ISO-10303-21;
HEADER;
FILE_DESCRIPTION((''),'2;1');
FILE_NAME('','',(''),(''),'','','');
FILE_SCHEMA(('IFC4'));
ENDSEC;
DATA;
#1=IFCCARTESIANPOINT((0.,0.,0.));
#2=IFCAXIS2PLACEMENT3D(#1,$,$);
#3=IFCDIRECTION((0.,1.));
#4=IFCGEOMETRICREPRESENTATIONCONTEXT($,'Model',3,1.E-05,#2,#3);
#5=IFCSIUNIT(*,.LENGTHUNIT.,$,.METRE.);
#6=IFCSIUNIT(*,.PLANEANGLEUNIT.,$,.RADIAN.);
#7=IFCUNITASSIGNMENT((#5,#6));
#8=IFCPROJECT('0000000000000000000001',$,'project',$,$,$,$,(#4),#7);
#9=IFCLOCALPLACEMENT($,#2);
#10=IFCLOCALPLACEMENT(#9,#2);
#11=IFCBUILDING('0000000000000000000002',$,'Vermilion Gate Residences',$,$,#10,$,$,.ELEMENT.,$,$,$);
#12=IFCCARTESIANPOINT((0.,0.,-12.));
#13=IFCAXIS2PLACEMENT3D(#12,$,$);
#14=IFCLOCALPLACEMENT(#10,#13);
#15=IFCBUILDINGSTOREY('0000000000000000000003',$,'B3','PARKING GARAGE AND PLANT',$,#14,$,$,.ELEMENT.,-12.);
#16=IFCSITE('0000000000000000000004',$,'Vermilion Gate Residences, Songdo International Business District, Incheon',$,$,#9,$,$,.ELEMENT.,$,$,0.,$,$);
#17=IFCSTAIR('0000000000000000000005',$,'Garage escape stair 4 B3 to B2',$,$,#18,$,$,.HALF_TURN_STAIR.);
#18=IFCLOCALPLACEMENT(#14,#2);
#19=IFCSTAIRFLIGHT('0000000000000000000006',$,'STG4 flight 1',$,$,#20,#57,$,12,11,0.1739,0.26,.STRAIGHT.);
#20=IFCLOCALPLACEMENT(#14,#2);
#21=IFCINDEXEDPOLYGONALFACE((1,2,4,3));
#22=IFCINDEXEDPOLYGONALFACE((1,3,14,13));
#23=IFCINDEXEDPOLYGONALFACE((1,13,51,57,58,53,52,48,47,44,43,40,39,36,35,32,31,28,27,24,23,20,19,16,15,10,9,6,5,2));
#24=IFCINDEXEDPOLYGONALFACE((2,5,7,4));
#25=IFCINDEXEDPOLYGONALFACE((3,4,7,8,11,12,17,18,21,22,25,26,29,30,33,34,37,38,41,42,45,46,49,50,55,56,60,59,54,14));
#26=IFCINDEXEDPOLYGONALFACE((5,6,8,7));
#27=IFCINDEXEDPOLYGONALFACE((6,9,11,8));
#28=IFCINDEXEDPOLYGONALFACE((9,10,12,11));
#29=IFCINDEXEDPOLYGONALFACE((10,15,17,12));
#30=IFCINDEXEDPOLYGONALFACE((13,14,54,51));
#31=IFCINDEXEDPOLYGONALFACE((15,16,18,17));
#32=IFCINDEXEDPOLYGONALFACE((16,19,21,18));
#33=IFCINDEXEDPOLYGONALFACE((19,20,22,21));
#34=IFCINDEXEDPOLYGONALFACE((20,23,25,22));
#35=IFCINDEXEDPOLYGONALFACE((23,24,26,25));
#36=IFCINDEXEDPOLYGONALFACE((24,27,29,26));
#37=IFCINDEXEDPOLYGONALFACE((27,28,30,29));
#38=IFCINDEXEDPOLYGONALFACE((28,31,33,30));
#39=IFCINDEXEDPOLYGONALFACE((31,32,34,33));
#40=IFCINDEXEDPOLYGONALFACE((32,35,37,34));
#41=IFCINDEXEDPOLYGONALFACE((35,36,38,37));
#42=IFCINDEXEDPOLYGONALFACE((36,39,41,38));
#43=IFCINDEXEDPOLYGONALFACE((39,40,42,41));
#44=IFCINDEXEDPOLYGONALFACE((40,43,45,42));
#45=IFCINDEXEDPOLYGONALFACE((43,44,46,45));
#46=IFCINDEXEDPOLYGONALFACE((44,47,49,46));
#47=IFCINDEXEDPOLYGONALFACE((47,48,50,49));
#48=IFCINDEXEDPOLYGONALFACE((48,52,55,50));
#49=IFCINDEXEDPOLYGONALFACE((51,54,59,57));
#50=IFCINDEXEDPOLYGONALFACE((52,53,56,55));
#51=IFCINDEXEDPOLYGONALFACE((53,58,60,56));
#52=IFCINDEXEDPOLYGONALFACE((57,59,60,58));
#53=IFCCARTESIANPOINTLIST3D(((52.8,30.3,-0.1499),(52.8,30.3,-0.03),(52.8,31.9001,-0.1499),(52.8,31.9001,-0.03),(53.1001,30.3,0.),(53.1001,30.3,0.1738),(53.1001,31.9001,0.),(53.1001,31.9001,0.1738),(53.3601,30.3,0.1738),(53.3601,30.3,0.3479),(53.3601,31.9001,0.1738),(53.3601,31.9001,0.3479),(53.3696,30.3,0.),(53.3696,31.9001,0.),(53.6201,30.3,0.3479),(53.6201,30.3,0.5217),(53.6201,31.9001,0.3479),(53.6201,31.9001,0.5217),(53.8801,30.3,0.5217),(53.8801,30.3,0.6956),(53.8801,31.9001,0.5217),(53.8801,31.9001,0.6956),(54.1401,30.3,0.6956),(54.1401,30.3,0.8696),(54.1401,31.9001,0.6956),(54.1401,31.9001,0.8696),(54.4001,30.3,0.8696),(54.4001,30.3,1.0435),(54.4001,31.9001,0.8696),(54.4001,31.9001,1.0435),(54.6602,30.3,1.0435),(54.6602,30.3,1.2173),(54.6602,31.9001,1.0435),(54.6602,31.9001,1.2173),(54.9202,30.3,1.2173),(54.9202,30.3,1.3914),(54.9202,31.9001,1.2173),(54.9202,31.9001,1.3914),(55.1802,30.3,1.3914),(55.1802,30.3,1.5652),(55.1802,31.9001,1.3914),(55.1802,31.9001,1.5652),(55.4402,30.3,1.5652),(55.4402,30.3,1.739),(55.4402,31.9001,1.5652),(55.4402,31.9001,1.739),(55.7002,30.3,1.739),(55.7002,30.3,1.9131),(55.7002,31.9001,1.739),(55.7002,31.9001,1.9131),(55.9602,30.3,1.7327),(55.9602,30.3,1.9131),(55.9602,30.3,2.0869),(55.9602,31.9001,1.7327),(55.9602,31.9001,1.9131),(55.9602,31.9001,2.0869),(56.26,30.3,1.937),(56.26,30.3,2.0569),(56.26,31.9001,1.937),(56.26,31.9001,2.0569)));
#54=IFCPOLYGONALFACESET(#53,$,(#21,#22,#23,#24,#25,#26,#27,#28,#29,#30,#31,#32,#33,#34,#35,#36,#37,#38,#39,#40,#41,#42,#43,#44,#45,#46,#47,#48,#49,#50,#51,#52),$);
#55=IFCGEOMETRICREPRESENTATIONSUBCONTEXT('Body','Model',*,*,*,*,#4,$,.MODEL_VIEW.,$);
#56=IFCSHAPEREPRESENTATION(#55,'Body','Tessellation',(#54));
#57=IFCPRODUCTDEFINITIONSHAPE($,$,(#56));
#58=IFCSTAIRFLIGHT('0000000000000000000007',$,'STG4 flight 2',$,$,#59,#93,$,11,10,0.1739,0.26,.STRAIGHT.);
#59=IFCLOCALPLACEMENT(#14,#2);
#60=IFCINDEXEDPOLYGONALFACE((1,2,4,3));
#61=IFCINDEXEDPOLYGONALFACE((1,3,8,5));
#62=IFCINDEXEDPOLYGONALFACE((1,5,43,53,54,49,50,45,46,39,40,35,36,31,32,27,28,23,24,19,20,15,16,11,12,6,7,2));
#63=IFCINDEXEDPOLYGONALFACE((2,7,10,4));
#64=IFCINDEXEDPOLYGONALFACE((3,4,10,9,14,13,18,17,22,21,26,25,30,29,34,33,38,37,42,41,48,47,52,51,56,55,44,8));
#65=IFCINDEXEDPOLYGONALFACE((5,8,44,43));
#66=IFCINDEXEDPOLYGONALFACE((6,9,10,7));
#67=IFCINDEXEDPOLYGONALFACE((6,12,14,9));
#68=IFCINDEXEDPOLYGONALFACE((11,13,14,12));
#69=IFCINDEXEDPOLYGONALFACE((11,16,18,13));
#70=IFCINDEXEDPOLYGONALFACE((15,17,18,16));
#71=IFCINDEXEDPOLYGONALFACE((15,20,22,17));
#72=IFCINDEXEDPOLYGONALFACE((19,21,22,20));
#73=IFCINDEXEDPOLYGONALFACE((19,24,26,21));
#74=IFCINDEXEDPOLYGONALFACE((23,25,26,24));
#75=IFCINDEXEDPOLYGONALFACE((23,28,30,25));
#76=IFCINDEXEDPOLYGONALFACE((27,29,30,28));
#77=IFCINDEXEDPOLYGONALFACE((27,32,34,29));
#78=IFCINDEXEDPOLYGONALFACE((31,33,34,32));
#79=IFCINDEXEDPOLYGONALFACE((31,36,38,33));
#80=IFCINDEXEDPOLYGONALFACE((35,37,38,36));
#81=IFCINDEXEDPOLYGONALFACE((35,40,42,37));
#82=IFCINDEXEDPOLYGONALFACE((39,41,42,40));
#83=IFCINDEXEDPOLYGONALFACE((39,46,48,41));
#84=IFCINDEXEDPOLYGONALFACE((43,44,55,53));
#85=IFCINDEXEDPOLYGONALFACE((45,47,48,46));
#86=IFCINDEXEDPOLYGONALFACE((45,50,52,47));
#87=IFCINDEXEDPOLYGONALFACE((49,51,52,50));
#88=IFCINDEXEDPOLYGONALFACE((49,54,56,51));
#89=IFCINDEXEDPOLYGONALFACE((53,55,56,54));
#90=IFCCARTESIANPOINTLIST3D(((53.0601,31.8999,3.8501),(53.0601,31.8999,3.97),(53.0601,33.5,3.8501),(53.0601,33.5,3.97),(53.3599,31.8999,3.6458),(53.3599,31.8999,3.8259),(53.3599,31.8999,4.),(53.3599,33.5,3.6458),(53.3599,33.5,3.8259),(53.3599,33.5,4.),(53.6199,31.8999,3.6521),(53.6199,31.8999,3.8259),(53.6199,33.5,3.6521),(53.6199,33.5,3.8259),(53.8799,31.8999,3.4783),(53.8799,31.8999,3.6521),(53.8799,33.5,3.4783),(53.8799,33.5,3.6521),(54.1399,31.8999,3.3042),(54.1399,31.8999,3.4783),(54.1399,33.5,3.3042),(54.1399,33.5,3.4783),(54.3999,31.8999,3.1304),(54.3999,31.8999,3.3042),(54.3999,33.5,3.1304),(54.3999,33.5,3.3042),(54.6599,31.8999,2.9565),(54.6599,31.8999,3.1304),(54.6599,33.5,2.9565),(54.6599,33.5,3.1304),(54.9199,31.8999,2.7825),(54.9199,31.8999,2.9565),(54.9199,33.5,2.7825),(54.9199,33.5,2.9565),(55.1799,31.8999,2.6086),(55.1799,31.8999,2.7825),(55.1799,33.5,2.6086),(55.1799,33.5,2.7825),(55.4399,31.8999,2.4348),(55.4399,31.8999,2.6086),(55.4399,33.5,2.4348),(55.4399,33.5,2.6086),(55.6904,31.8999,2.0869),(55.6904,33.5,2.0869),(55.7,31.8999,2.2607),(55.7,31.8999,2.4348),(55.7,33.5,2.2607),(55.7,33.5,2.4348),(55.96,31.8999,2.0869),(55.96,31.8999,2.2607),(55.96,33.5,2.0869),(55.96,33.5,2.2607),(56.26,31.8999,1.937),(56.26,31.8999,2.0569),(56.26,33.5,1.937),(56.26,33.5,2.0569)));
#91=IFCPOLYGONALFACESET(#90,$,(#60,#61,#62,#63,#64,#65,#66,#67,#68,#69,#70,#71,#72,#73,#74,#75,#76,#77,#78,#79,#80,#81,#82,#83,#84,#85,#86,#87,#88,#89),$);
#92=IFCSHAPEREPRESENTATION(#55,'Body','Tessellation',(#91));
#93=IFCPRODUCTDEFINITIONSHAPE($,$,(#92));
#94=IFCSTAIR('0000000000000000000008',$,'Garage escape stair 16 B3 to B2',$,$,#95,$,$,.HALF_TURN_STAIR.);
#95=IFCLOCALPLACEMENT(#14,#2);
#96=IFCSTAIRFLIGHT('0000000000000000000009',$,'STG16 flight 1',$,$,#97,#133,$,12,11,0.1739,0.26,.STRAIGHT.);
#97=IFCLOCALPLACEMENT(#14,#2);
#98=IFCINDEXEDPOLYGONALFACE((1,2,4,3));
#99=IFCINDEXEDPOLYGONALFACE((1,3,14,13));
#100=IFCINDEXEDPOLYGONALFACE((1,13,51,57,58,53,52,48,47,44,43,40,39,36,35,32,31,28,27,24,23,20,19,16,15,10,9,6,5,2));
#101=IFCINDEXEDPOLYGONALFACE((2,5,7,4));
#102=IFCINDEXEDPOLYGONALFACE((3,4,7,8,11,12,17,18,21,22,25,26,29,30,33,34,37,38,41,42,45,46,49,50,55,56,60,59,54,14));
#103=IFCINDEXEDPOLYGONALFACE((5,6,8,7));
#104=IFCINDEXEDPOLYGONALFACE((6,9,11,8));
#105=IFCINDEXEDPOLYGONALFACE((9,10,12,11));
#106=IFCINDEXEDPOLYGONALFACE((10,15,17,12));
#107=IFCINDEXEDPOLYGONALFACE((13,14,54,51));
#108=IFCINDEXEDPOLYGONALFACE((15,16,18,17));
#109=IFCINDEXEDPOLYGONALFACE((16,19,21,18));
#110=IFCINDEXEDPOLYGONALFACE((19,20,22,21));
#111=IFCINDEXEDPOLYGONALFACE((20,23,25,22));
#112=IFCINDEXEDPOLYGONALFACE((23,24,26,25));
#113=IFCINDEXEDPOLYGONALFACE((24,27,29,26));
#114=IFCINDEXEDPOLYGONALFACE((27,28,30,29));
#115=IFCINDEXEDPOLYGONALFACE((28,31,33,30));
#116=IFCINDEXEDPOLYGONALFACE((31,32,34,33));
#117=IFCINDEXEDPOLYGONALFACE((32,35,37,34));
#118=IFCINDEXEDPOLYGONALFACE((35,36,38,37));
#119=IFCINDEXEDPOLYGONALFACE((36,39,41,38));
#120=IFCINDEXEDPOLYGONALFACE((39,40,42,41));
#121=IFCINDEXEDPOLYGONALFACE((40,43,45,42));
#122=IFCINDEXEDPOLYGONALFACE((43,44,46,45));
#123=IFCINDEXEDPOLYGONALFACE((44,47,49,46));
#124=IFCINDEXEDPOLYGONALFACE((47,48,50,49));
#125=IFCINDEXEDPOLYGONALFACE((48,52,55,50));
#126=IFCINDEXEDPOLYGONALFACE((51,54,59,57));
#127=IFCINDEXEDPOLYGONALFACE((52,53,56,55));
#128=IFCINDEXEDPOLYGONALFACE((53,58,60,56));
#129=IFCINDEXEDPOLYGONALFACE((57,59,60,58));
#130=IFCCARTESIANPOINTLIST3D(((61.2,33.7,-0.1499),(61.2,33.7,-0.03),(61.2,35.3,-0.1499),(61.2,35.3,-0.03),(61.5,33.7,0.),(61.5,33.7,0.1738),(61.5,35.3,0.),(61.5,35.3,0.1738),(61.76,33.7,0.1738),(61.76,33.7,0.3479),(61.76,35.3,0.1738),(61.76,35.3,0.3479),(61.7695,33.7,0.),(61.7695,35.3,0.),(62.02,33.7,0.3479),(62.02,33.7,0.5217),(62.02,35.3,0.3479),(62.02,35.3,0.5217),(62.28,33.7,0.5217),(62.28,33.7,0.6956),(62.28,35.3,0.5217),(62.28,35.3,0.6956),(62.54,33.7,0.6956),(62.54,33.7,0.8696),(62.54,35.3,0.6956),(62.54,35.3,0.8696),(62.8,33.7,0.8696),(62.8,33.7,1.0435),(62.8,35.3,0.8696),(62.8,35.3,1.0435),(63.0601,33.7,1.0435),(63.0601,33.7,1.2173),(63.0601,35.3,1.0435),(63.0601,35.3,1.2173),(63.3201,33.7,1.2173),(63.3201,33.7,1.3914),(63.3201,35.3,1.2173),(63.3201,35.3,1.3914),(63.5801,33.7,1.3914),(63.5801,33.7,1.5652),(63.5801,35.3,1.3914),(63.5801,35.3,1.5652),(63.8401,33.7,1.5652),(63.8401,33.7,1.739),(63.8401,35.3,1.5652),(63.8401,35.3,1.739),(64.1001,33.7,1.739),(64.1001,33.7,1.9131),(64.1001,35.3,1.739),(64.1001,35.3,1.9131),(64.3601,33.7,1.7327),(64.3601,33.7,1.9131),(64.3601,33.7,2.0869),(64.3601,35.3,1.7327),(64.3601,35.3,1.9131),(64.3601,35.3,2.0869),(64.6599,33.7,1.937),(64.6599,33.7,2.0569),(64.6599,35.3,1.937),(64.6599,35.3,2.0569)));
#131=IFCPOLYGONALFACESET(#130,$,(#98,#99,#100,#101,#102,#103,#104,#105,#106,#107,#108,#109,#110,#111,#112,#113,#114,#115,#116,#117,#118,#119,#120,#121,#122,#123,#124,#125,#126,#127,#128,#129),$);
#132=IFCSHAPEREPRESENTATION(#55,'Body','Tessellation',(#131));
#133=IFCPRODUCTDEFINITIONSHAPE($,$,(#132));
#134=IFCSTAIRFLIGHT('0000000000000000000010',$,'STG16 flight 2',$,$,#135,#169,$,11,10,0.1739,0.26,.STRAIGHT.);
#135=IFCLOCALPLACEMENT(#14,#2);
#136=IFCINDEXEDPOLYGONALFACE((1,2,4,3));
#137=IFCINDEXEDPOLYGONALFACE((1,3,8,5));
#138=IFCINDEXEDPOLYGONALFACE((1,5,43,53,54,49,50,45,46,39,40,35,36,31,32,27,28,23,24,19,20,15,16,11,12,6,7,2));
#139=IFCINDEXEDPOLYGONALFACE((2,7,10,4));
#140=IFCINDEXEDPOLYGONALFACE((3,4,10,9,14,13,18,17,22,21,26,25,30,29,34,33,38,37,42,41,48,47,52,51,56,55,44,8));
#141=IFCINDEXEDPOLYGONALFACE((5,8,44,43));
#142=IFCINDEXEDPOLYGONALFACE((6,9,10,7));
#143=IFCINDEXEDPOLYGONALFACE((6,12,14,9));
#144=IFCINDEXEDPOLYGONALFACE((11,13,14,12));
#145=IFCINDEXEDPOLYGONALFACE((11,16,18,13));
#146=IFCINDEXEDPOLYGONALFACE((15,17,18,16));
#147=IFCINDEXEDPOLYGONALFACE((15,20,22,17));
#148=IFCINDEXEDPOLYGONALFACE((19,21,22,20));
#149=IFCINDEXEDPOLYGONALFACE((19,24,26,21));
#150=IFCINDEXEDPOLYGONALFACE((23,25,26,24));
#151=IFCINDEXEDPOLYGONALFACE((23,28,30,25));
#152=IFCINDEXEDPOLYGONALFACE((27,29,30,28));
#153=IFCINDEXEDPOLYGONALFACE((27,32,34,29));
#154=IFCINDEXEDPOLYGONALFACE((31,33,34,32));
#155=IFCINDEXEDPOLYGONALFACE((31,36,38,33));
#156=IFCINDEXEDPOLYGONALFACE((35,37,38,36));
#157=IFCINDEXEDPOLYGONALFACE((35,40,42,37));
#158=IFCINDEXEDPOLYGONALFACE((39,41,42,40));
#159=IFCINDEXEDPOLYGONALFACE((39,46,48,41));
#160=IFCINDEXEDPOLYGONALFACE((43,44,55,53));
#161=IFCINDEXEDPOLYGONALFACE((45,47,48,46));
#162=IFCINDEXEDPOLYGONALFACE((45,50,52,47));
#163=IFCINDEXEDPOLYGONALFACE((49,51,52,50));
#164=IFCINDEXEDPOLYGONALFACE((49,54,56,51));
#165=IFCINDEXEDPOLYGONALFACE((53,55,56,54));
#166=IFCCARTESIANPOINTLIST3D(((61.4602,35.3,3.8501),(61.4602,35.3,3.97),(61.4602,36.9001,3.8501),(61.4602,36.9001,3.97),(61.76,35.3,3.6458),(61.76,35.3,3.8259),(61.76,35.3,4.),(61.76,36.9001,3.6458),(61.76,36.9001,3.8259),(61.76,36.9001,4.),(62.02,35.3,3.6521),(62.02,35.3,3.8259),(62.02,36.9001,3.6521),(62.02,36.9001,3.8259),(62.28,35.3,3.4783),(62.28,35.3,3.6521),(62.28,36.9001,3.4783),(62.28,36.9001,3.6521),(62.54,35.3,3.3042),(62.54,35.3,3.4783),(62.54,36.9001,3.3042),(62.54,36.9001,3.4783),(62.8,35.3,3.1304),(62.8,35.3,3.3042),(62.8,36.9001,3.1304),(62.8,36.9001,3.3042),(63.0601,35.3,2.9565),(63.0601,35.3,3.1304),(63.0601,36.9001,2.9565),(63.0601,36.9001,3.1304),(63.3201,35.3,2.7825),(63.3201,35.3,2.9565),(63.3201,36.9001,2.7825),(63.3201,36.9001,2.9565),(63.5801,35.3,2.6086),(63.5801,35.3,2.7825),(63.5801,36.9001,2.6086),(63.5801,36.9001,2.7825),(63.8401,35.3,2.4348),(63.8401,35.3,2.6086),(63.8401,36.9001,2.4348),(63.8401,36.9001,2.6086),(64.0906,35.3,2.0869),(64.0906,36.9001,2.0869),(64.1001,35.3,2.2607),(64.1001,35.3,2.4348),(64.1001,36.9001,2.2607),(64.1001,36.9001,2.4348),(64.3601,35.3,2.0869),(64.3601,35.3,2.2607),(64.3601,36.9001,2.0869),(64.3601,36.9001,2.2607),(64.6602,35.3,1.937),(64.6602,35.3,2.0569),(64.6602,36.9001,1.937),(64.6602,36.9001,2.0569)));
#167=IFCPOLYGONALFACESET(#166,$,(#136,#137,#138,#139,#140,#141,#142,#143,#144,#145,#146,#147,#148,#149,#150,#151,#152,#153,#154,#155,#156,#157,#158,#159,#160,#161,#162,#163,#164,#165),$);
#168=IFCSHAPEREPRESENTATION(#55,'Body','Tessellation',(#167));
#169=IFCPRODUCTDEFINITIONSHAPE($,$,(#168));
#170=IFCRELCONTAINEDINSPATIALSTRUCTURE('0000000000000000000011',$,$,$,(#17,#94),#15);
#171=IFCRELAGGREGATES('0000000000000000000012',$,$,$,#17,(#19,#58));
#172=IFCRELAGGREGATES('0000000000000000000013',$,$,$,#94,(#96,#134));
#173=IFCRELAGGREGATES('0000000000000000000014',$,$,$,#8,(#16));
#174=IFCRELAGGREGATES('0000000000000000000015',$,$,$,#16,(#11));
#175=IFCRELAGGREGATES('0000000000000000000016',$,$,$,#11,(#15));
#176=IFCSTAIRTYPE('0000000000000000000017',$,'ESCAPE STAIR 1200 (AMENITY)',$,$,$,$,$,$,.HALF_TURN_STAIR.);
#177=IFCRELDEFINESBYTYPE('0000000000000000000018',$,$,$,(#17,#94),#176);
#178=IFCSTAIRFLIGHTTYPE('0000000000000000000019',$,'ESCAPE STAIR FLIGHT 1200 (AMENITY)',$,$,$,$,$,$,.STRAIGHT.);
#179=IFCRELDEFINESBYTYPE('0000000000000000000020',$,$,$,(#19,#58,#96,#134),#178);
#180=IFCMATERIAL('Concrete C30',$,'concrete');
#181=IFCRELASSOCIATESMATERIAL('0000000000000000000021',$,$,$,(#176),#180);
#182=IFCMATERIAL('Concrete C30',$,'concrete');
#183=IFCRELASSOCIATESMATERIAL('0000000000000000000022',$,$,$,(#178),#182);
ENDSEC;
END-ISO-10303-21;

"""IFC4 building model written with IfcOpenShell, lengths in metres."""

from ifc_helpers import new_model, si_unit, direction, frame, origin, place, context, subcontext, project, spatial, polyline, outline, extrude, material, type_object, element, aggregate, save


model = new_model("IFC4")

# Units and contexts
model_context = context("Model", 3, precision=1e-05, world=origin(), true_north=direction((0.0, 1.0)))
body_context = subcontext(model_context, "Body", "Model", "MODEL_VIEW")
ifc_project = project(units=[si_unit("LENGTHUNIT", "METRE"), si_unit("PLANEANGLEUNIT", "RADIAN")], contexts=[model_context])

# Site, building, storey
site_placement = place(None, origin())
site = spatial("IfcSite", under=ifc_project, at=site_placement, Name="Vermilion Gate Residences, Songdo International Business District, Incheon", CompositionType="ELEMENT", RefElevation=0.0)
building_placement = place(site_placement, origin())
building = spatial("IfcBuilding", under=site, at=building_placement, Name="Vermilion Gate Residences", CompositionType="ELEMENT")
storey_placement = place(building_placement, frame((0.0, 0.0, -12.0)))
storey = spatial("IfcBuildingStorey", under=building, at=storey_placement, Name="B3", Description="PARKING GARAGE AND PLANT", CompositionType="ELEMENT", Elevation=-12.0)

# Stairs, stair flights
ifc_material_1 = material(Name="Concrete C30", Category="concrete")
stair_type = type_object("IfcStairType", Name="ESCAPE STAIR 1200 (AMENITY)", PredefinedType="HALF_TURN_STAIR", material=ifc_material_1)
stair_1_placement = place(storey_placement, origin())
stair_1 = element("IfcStair", 1, at=stair_1_placement, inside=storey, type_object=stair_type, Name="Garage escape stair 4 B3 to B2", PredefinedType="HALF_TURN_STAIR")
ifc_material_2 = material(Name="Concrete C30", Category="concrete")
stair_flight_type = type_object("IfcStairFlightType", Name="ESCAPE STAIR FLIGHT 1200 (AMENITY)", PredefinedType="STRAIGHT", material=ifc_material_2)
stair_flight_1_placement = place(storey_placement, frame((53.1001, 31.1001, 0.0), z_axis=(0.0, 0.0, 1.0), x_axis=(1.0, 0.0, 0.0)))
stair_flight_1 = element("IfcStairFlight", 2, at=stair_flight_1_placement, type_object=stair_flight_type, Name="STG4 flight 1", NumberOfRisers=12, NumberOfTreads=11, PredefinedType="STRAIGHT", RiserHeight=0.1739, TreadLength=0.26, context=body_context, shape_type="SweptSolid", body=[
    extrude(outline(polyline([(-0.3, -0.1499), (-0.3, -0.03), (0.0, 0.0), (0.0, 0.1738), (0.26, 0.1738), (0.26, 0.3479), (0.52, 0.3479), (0.52, 0.5217), (0.78, 0.5217), (0.78, 0.6956), (1.04, 0.6956), (1.04, 0.8696), (1.3, 0.8696), (1.3, 1.0435), (1.5601, 1.0435), (1.5601, 1.2173), (1.8201, 1.2173), (1.8201, 1.3914), (2.0801, 1.3914), (2.0801, 1.5652), (2.3401, 1.5652), (2.3401, 1.739), (2.6001, 1.739), (2.6001, 1.9131), (2.8601, 1.9131), (2.8601, 2.0869), (3.1599, 2.0569), (3.1599, 1.937), (2.8601, 1.7327), (0.2695, 0.0), (-0.3, -0.1499)])), frame((0.0, 0.8, 0.0), z_axis=(0.0, -1.0, 0.0), x_axis=(1.0, 0.0, 0.0)), (0.0, 0.0, 1.0), 1.6001),
])
stair_flight_2_placement = place(storey_placement, frame((55.96, 32.7, 2.0869), z_axis=(0.0, 0.0, 1.0), x_axis=(-1.0, 0.0, 0.0)))
stair_flight_2 = element("IfcStairFlight", 3, at=stair_flight_2_placement, type_object=stair_flight_type, Name="STG4 flight 2", NumberOfRisers=11, NumberOfTreads=10, PredefinedType="STRAIGHT", RiserHeight=0.1739, TreadLength=0.26, context=body_context, shape_type="SweptSolid", body=[
    extrude(outline(polyline([(-0.3, -0.1499), (-0.3, -0.03), (0.0, 0.0), (0.0, 0.1738), (0.26, 0.1738), (0.26, 0.3479), (0.52, 0.3479), (0.52, 0.5217), (0.78, 0.5217), (0.78, 0.6956), (1.04, 0.6956), (1.04, 0.8696), (1.3, 0.8696), (1.3, 1.0435), (1.5601, 1.0435), (1.5601, 1.2173), (1.8201, 1.2173), (1.8201, 1.3914), (2.0801, 1.3914), (2.0801, 1.5652), (2.3401, 1.5652), (2.3401, 1.739), (2.6001, 1.739), (2.6001, 1.9131), (2.8999, 1.8831), (2.8999, 1.7632), (2.6001, 1.5588), (0.2695, 0.0), (-0.3, -0.1499)])), frame((0.0, 0.8, 0.0), z_axis=(0.0, -1.0, 0.0), x_axis=(1.0, 0.0, 0.0)), (0.0, 0.0, 1.0), 1.6001),
])
aggregate(stair_1, [stair_flight_1, stair_flight_2])
stair_2_placement = place(storey_placement, origin())
stair_2 = element("IfcStair", 4, at=stair_2_placement, inside=storey, type_object=stair_type, Name="Garage escape stair 16 B3 to B2", PredefinedType="HALF_TURN_STAIR")
stair_flight_3_placement = place(storey_placement, frame((61.5, 34.5, 0.0), z_axis=(0.0, 0.0, 1.0), x_axis=(1.0, 0.0, 0.0)))
stair_flight_3 = element("IfcStairFlight", 5, at=stair_flight_3_placement, type_object=stair_flight_type, Name="STG16 flight 1", NumberOfRisers=12, NumberOfTreads=11, PredefinedType="STRAIGHT", RiserHeight=0.1739, TreadLength=0.26, context=body_context, shape_type="SweptSolid", body=[
    extrude(outline(polyline([(-0.3, -0.1499), (-0.3, -0.03), (0.0, 0.0), (0.0, 0.1738), (0.26, 0.1738), (0.26, 0.3479), (0.52, 0.3479), (0.52, 0.5217), (0.78, 0.5217), (0.78, 0.6956), (1.04, 0.6956), (1.04, 0.8696), (1.3, 0.8696), (1.3, 1.0435), (1.5601, 1.0435), (1.5601, 1.2173), (1.8201, 1.2173), (1.8201, 1.3914), (2.0801, 1.3914), (2.0801, 1.5652), (2.3401, 1.5652), (2.3401, 1.739), (2.6001, 1.739), (2.6001, 1.9131), (2.8601, 1.9131), (2.8601, 2.0869), (3.1599, 2.0569), (3.1599, 1.937), (2.8601, 1.7327), (0.2695, 0.0), (-0.3, -0.1499)])), frame((0.0, 0.8, 0.0), z_axis=(0.0, -1.0, 0.0), x_axis=(1.0, 0.0, 0.0)), (0.0, 0.0, 1.0), 1.6001),
])
stair_flight_4_placement = place(storey_placement, frame((64.3601, 36.1001, 2.0869), z_axis=(0.0, 0.0, 1.0), x_axis=(-1.0, 0.0, 0.0)))
stair_flight_4 = element("IfcStairFlight", 6, at=stair_flight_4_placement, type_object=stair_flight_type, Name="STG16 flight 2", NumberOfRisers=11, NumberOfTreads=10, PredefinedType="STRAIGHT", RiserHeight=0.1739, TreadLength=0.26, context=body_context, shape_type="SweptSolid", body=[
    extrude(outline(polyline([(-0.3, -0.1499), (-0.3, -0.03), (0.0, 0.0), (0.0, 0.1738), (0.26, 0.1738), (0.26, 0.3479), (0.52, 0.3479), (0.52, 0.5217), (0.78, 0.5217), (0.78, 0.6956), (1.04, 0.6956), (1.04, 0.8696), (1.3, 0.8696), (1.3, 1.0435), (1.5601, 1.0435), (1.5601, 1.2173), (1.8201, 1.2173), (1.8201, 1.3914), (2.0801, 1.3914), (2.0801, 1.5652), (2.3401, 1.5652), (2.3401, 1.739), (2.6001, 1.739), (2.6001, 1.9131), (2.8999, 1.8831), (2.8999, 1.7632), (2.6001, 1.5588), (0.2695, 0.0), (-0.3, -0.1499)])), frame((0.0, 0.8, 0.0), z_axis=(0.0, -1.0, 0.0), x_axis=(1.0, 0.0, 0.0)), (0.0, 0.0, 1.0), 1.6001),
])
aggregate(stair_2, [stair_flight_3, stair_flight_4])

save(model, "model.ifc")
